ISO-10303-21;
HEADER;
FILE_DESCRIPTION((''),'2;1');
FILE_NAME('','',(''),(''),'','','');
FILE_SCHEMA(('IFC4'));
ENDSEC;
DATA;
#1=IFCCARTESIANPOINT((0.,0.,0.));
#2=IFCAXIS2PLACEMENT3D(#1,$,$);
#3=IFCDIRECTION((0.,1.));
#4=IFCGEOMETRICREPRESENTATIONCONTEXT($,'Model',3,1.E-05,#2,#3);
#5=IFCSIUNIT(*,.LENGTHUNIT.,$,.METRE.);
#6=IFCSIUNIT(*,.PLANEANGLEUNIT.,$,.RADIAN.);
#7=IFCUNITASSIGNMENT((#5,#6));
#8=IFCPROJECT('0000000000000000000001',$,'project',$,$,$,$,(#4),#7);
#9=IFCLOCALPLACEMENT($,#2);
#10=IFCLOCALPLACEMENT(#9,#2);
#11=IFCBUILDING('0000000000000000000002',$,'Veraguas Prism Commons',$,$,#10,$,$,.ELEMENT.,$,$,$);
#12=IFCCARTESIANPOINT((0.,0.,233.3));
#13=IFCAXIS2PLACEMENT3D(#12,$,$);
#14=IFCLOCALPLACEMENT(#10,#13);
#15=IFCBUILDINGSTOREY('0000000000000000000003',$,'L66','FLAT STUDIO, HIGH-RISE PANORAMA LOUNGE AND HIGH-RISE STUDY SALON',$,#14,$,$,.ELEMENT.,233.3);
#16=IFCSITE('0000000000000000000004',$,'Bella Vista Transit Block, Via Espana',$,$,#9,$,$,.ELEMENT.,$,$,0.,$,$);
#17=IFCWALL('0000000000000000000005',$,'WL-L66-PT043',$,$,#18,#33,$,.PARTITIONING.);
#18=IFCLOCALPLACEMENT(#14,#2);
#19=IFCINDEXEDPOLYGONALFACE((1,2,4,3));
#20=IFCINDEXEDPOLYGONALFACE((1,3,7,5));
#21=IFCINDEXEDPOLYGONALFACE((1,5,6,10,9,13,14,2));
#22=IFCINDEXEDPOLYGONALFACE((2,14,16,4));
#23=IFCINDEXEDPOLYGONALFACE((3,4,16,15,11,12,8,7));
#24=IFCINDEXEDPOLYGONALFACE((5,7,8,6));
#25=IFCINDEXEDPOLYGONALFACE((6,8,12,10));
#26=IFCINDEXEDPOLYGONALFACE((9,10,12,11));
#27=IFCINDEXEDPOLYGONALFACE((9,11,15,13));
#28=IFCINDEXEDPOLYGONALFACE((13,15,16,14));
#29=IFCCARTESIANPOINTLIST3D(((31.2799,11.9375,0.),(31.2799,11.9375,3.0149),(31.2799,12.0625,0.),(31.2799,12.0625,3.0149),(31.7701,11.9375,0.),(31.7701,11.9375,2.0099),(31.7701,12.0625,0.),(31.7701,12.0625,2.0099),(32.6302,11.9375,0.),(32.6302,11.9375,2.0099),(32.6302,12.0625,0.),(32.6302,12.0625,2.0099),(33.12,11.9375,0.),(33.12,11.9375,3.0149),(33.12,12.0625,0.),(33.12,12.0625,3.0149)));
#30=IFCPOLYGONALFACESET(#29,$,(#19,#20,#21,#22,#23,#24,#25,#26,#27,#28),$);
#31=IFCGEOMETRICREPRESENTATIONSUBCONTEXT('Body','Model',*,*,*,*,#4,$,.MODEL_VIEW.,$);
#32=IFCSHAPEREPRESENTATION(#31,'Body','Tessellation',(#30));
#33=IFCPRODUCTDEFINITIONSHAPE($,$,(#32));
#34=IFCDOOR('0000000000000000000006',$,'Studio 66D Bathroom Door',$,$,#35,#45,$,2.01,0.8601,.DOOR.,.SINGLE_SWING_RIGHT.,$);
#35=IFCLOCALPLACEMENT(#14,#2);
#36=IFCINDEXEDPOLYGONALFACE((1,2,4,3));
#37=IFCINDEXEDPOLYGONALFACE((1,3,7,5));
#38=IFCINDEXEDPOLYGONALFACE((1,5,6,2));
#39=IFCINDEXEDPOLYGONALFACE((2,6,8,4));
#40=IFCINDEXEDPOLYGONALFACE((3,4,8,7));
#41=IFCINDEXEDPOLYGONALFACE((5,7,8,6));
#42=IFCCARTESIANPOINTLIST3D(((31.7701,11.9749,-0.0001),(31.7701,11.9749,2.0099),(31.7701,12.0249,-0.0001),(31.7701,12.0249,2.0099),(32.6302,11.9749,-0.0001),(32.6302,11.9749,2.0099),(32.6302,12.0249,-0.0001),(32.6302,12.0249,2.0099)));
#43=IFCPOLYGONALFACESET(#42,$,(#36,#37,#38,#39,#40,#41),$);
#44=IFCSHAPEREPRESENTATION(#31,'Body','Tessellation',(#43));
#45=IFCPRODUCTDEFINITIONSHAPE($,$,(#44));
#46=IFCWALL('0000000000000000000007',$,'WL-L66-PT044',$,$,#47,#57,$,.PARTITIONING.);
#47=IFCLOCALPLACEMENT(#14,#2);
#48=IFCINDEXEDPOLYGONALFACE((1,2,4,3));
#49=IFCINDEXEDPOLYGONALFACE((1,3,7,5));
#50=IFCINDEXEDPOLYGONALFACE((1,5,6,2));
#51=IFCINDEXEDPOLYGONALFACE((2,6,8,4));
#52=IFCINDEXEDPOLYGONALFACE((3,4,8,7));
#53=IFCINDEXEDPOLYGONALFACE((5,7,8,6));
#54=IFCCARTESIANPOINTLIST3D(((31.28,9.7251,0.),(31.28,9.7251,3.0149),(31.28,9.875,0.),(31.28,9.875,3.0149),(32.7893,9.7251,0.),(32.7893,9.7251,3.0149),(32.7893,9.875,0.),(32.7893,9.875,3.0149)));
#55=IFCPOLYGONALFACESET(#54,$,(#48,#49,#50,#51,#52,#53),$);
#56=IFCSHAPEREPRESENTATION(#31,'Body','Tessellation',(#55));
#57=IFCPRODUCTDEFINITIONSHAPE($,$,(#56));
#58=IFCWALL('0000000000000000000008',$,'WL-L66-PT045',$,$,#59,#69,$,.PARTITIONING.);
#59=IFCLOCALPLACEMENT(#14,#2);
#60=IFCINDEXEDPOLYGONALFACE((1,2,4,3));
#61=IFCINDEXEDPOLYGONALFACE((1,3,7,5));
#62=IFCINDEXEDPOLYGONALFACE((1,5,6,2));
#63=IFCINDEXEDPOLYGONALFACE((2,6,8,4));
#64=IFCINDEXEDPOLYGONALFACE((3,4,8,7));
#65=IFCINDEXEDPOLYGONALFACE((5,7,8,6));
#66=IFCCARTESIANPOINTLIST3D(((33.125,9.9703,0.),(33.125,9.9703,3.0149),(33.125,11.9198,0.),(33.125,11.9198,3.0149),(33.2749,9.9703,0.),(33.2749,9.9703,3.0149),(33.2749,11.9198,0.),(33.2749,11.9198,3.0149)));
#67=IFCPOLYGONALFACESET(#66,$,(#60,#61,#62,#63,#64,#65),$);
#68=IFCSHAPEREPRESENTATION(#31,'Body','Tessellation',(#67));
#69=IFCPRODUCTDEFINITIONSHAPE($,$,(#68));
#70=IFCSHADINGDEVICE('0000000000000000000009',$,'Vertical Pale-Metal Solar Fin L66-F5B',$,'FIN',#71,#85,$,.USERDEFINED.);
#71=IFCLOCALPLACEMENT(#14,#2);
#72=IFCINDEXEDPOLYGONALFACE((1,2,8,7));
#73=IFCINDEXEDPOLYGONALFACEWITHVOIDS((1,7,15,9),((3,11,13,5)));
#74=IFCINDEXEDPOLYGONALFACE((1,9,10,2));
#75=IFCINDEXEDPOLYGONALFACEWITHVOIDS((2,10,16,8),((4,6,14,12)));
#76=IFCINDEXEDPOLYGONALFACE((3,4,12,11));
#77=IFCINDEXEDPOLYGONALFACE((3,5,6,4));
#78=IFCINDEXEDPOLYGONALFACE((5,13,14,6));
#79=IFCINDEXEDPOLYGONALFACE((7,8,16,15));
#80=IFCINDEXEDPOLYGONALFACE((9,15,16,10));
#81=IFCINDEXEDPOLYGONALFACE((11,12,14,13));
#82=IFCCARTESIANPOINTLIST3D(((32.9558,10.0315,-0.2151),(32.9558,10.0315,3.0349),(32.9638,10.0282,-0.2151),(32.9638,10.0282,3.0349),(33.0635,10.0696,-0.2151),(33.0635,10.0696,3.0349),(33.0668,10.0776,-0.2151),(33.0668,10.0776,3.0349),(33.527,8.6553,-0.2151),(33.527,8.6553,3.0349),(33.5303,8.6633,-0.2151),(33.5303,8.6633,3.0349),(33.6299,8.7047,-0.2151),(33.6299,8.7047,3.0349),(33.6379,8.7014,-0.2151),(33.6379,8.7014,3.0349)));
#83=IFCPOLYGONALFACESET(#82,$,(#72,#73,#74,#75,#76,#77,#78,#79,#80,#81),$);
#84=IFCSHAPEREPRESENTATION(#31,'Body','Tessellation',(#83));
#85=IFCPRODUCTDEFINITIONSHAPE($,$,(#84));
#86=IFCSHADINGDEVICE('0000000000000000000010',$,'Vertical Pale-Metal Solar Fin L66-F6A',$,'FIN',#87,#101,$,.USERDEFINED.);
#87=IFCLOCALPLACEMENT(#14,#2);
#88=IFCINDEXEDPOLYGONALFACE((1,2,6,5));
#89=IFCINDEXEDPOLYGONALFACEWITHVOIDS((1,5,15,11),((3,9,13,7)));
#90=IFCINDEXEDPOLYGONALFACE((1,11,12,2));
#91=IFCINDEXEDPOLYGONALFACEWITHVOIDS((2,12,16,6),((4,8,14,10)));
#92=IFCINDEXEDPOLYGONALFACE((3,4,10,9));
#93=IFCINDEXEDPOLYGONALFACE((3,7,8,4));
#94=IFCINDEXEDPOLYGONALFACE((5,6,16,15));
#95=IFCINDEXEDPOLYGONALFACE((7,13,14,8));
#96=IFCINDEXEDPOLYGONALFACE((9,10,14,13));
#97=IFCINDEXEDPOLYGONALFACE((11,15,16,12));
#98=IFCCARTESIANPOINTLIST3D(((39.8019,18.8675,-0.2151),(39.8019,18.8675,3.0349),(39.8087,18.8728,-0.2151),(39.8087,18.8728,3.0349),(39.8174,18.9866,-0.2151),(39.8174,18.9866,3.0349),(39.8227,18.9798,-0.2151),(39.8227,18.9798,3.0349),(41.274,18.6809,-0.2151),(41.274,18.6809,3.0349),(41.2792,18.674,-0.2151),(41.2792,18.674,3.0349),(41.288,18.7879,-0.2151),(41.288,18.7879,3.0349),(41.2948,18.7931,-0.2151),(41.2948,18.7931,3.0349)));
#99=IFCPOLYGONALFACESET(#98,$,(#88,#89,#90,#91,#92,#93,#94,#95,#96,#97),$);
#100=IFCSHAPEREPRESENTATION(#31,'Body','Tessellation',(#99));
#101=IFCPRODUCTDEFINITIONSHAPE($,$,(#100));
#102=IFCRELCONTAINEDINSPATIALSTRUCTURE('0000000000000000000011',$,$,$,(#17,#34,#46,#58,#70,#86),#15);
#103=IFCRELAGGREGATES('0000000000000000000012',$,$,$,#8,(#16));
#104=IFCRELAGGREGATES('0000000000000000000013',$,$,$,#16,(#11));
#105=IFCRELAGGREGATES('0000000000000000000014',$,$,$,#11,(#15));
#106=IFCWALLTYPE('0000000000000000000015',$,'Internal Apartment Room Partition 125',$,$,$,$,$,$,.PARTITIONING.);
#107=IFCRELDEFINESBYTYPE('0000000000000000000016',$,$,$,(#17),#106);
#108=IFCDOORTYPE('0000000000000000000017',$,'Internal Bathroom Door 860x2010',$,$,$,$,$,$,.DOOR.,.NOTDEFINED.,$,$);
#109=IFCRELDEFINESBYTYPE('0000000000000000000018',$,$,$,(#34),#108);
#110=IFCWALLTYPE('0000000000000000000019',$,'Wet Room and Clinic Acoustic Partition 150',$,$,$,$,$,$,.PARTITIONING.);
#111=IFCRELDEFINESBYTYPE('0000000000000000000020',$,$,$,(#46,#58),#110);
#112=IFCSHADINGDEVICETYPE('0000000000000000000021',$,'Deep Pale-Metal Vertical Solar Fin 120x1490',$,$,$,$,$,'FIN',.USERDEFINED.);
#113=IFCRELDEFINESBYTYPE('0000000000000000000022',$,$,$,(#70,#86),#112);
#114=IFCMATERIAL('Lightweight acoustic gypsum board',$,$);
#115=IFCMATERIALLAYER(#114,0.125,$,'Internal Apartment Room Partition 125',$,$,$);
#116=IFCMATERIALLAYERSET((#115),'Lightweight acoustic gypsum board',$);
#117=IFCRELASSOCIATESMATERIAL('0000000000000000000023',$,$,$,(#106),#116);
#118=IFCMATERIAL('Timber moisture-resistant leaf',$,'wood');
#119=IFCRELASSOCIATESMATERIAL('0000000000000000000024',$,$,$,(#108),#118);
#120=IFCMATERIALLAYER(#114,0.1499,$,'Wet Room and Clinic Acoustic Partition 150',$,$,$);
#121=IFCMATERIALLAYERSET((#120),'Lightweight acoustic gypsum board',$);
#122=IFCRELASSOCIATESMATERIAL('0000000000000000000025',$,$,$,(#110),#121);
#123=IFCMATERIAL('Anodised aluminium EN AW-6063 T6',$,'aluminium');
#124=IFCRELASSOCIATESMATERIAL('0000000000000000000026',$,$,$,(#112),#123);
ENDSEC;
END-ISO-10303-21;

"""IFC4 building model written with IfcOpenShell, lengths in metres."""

from ifc_helpers import new_model, si_unit, direction, frame, frame_2d, origin, origin_2d, place, context, subcontext, project, spatial, rectangle, hollow_rectangle, extrude, source, transform, mapped, material, layer, layer_set, material_profile, profile_set, type_object, element, fill, save


model = new_model("IFC4")

# Units and contexts
model_context = context("Model", 3, precision=1e-05, world=origin(), true_north=direction((0.0, 1.0)))
body_context = subcontext(model_context, "Body", "Model", "MODEL_VIEW")
ifc_project = project(units=[si_unit("LENGTHUNIT", "METRE"), si_unit("PLANEANGLEUNIT", "RADIAN")], contexts=[model_context])

# Site, building, storey
site_placement = place(None, origin())
site = spatial("IfcSite", under=ifc_project, at=site_placement, Name="Bella Vista Transit Block, Via Espana", CompositionType="ELEMENT", RefElevation=0.0)
building_placement = place(site_placement, origin())
building = spatial("IfcBuilding", under=site, at=building_placement, Name="Veraguas Prism Commons", CompositionType="ELEMENT")
storey_placement = place(building_placement, frame((0.0, 0.0, 233.3)))
storey = spatial("IfcBuildingStorey", under=building, at=storey_placement, Name="L66", Description="FLAT STUDIO, HIGH-RISE PANORAMA LOUNGE AND HIGH-RISE STUDY SALON", CompositionType="ELEMENT", Elevation=233.3)

# Shared definitions
ifc_material_1 = material(Name="Anodised aluminium EN AW-6063 T6", Category="aluminium")

# Wall, opening, door
ifc_material_2 = material(Name="Lightweight acoustic gypsum board")
ifc_layer_1 = layer(ifc_material_2, 0.125, Name="Internal Apartment Room Partition 125")
ifc_layer_set_1 = layer_set([ifc_layer_1], Name="Lightweight acoustic gypsum board")
wall_type_1 = type_object("IfcWallType", Name="Internal Apartment Room Partition 125", PredefinedType="PARTITIONING", material=ifc_layer_set_1)
wall_1_placement = place(storey_placement, frame((31.28, 12.0, 0.0), z_axis=(0.0, 0.0, 1.0), x_axis=(1.0, 0.0, 0.0)))
wall_1 = element("IfcWall", 1, at=wall_1_placement, inside=storey, type_object=wall_type_1, Name="WL-L66-PT043", PredefinedType="PARTITIONING", context=body_context, shape_type="SweptSolid", body=[
    extrude(rectangle(XDim=1.8401, YDim=0.125, at=frame_2d((0.9199, 0.0))), origin(), (0.0, 0.0, 1.0), 3.0149),
])
opening_1_placement = place(wall_1_placement, frame((0.49, 0.0, 0.0)))
opening_1 = element("IfcOpeningElement", 2, at=opening_1_placement, cuts=wall_1, PredefinedType="OPENING", context=body_context, shape_type="SweptSolid", body=[
    extrude(rectangle(XDim=0.8601, YDim=2.01, at=frame_2d((0.4302, 1.0049))), frame((0.0, 0.0725, 0.0), z_axis=(0.0, -1.0, 0.0), x_axis=(1.0, 0.0, 0.0)), (0.0, 0.0, 1.0), 0.145),
])
ifc_material_3 = material(Name="Timber moisture-resistant leaf", Category="wood")
door_type_1 = type_object("IfcDoorType", Name="Internal Bathroom Door 860x2010", OperationType="NOTDEFINED", PredefinedType="DOOR", material=ifc_material_3)
shared_shape_1 = source(origin(), body_context, "Body", "SweptSolid", [
    extrude(rectangle(XDim=0.8601, YDim=2.01, at=frame_2d((0.4302, 1.0049))), frame((0.0, 0.0249, 0.0), z_axis=(0.0, -1.0, 0.0), x_axis=(1.0, 0.0, 0.0)), (0.0, 0.0, 1.0), 0.05),
])
door_1_placement = place(opening_1_placement, origin())
door_1 = element("IfcDoor", 3, at=door_1_placement, inside=storey, type_object=door_type_1, Name="Studio 66D Bathroom Door", OperationType="SINGLE_SWING_RIGHT", OverallHeight=2.01, OverallWidth=0.8601, PredefinedType="DOOR", context=body_context, shape_type="MappedRepresentation", body=[
    mapped(shared_shape_1, transform((0.0, 0.0, 0.0), scale=1.0)),
])
fill(opening_1, door_1)

# Walls
ifc_layer_2 = layer(ifc_material_2, 0.1499, Name="Wet Room and Clinic Acoustic Partition 150")
ifc_layer_set_2 = layer_set([ifc_layer_2], Name="Lightweight acoustic gypsum board")
wall_type_2 = type_object("IfcWallType", Name="Wet Room and Clinic Acoustic Partition 150", PredefinedType="PARTITIONING", material=ifc_layer_set_2)
wall_2_placement = place(storey_placement, frame((31.28, 9.8, 0.0), z_axis=(0.0, 0.0, 1.0), x_axis=(1.0, 0.0, 0.0)))
element("IfcWall", 4, at=wall_2_placement, inside=storey, type_object=wall_type_2, Name="WL-L66-PT044", PredefinedType="PARTITIONING", context=body_context, shape_type="SweptSolid", body=[
    extrude(rectangle(XDim=1.5093, YDim=0.1499, at=frame_2d((0.7546, 0.0))), origin(), (0.0, 0.0, 1.0), 3.0149),
])
wall_3_placement = place(storey_placement, frame((33.2, 9.9705, 0.0), z_axis=(0.0, 0.0, 1.0), x_axis=(0.0, 1.0, 0.0)))
element("IfcWall", 5, at=wall_3_placement, inside=storey, type_object=wall_type_2, Name="WL-L66-PT045", PredefinedType="PARTITIONING", context=body_context, shape_type="SweptSolid", body=[
    extrude(rectangle(XDim=1.9495, YDim=0.1499, at=frame_2d((0.9746, 0.0))), origin(), (0.0, 0.0, 1.0), 3.0149),
])

# Shading devices
ifc_material_profile_1 = material_profile(ifc_material_1, hollow_rectangle(XDim=0.1201, YDim=1.49, WallThickness=0.0061, at=origin_2d()), Name="FIN120X1490X6")
ifc_profile_set_1 = profile_set([ifc_material_profile_1], Name="Anodised aluminium EN AW-6063 T6")
shading_device_type = type_object("IfcShadingDeviceType", Name="Deep Pale-Metal Vertical Solar Fin 120x1490", ElementType="FIN", PredefinedType="USERDEFINED", material=ifc_profile_set_1)
for number, where, z_axis, x_axis, name in (
    (6, (33.2969, 9.3665, -0.2151), (0.0, 0.0, 1.0), (0.923614, 0.383323, 0.0), "Vertical Pale-Metal Solar Fin L66-F5B"),
    (7, (40.5483, 18.8303, -0.2151), (0.0, 0.0, 1.0), (0.129837, 0.991535, 0.0), "Vertical Pale-Metal Solar Fin L66-F6A"),
):
    element("IfcShadingDevice", number, at=place(storey_placement, frame(where, z_axis=z_axis, x_axis=x_axis)), inside=storey, type_object=shading_device_type, Name=name, ObjectType="FIN", PredefinedType="USERDEFINED", context=body_context, shape_type="SweptSolid", body=[
        extrude(hollow_rectangle(XDim=0.1201, YDim=1.49, WallThickness=0.0061, at=origin_2d()), origin(), (0.0, 0.0, 1.0), 3.25),
    ])

save(model, "model.ifc")
